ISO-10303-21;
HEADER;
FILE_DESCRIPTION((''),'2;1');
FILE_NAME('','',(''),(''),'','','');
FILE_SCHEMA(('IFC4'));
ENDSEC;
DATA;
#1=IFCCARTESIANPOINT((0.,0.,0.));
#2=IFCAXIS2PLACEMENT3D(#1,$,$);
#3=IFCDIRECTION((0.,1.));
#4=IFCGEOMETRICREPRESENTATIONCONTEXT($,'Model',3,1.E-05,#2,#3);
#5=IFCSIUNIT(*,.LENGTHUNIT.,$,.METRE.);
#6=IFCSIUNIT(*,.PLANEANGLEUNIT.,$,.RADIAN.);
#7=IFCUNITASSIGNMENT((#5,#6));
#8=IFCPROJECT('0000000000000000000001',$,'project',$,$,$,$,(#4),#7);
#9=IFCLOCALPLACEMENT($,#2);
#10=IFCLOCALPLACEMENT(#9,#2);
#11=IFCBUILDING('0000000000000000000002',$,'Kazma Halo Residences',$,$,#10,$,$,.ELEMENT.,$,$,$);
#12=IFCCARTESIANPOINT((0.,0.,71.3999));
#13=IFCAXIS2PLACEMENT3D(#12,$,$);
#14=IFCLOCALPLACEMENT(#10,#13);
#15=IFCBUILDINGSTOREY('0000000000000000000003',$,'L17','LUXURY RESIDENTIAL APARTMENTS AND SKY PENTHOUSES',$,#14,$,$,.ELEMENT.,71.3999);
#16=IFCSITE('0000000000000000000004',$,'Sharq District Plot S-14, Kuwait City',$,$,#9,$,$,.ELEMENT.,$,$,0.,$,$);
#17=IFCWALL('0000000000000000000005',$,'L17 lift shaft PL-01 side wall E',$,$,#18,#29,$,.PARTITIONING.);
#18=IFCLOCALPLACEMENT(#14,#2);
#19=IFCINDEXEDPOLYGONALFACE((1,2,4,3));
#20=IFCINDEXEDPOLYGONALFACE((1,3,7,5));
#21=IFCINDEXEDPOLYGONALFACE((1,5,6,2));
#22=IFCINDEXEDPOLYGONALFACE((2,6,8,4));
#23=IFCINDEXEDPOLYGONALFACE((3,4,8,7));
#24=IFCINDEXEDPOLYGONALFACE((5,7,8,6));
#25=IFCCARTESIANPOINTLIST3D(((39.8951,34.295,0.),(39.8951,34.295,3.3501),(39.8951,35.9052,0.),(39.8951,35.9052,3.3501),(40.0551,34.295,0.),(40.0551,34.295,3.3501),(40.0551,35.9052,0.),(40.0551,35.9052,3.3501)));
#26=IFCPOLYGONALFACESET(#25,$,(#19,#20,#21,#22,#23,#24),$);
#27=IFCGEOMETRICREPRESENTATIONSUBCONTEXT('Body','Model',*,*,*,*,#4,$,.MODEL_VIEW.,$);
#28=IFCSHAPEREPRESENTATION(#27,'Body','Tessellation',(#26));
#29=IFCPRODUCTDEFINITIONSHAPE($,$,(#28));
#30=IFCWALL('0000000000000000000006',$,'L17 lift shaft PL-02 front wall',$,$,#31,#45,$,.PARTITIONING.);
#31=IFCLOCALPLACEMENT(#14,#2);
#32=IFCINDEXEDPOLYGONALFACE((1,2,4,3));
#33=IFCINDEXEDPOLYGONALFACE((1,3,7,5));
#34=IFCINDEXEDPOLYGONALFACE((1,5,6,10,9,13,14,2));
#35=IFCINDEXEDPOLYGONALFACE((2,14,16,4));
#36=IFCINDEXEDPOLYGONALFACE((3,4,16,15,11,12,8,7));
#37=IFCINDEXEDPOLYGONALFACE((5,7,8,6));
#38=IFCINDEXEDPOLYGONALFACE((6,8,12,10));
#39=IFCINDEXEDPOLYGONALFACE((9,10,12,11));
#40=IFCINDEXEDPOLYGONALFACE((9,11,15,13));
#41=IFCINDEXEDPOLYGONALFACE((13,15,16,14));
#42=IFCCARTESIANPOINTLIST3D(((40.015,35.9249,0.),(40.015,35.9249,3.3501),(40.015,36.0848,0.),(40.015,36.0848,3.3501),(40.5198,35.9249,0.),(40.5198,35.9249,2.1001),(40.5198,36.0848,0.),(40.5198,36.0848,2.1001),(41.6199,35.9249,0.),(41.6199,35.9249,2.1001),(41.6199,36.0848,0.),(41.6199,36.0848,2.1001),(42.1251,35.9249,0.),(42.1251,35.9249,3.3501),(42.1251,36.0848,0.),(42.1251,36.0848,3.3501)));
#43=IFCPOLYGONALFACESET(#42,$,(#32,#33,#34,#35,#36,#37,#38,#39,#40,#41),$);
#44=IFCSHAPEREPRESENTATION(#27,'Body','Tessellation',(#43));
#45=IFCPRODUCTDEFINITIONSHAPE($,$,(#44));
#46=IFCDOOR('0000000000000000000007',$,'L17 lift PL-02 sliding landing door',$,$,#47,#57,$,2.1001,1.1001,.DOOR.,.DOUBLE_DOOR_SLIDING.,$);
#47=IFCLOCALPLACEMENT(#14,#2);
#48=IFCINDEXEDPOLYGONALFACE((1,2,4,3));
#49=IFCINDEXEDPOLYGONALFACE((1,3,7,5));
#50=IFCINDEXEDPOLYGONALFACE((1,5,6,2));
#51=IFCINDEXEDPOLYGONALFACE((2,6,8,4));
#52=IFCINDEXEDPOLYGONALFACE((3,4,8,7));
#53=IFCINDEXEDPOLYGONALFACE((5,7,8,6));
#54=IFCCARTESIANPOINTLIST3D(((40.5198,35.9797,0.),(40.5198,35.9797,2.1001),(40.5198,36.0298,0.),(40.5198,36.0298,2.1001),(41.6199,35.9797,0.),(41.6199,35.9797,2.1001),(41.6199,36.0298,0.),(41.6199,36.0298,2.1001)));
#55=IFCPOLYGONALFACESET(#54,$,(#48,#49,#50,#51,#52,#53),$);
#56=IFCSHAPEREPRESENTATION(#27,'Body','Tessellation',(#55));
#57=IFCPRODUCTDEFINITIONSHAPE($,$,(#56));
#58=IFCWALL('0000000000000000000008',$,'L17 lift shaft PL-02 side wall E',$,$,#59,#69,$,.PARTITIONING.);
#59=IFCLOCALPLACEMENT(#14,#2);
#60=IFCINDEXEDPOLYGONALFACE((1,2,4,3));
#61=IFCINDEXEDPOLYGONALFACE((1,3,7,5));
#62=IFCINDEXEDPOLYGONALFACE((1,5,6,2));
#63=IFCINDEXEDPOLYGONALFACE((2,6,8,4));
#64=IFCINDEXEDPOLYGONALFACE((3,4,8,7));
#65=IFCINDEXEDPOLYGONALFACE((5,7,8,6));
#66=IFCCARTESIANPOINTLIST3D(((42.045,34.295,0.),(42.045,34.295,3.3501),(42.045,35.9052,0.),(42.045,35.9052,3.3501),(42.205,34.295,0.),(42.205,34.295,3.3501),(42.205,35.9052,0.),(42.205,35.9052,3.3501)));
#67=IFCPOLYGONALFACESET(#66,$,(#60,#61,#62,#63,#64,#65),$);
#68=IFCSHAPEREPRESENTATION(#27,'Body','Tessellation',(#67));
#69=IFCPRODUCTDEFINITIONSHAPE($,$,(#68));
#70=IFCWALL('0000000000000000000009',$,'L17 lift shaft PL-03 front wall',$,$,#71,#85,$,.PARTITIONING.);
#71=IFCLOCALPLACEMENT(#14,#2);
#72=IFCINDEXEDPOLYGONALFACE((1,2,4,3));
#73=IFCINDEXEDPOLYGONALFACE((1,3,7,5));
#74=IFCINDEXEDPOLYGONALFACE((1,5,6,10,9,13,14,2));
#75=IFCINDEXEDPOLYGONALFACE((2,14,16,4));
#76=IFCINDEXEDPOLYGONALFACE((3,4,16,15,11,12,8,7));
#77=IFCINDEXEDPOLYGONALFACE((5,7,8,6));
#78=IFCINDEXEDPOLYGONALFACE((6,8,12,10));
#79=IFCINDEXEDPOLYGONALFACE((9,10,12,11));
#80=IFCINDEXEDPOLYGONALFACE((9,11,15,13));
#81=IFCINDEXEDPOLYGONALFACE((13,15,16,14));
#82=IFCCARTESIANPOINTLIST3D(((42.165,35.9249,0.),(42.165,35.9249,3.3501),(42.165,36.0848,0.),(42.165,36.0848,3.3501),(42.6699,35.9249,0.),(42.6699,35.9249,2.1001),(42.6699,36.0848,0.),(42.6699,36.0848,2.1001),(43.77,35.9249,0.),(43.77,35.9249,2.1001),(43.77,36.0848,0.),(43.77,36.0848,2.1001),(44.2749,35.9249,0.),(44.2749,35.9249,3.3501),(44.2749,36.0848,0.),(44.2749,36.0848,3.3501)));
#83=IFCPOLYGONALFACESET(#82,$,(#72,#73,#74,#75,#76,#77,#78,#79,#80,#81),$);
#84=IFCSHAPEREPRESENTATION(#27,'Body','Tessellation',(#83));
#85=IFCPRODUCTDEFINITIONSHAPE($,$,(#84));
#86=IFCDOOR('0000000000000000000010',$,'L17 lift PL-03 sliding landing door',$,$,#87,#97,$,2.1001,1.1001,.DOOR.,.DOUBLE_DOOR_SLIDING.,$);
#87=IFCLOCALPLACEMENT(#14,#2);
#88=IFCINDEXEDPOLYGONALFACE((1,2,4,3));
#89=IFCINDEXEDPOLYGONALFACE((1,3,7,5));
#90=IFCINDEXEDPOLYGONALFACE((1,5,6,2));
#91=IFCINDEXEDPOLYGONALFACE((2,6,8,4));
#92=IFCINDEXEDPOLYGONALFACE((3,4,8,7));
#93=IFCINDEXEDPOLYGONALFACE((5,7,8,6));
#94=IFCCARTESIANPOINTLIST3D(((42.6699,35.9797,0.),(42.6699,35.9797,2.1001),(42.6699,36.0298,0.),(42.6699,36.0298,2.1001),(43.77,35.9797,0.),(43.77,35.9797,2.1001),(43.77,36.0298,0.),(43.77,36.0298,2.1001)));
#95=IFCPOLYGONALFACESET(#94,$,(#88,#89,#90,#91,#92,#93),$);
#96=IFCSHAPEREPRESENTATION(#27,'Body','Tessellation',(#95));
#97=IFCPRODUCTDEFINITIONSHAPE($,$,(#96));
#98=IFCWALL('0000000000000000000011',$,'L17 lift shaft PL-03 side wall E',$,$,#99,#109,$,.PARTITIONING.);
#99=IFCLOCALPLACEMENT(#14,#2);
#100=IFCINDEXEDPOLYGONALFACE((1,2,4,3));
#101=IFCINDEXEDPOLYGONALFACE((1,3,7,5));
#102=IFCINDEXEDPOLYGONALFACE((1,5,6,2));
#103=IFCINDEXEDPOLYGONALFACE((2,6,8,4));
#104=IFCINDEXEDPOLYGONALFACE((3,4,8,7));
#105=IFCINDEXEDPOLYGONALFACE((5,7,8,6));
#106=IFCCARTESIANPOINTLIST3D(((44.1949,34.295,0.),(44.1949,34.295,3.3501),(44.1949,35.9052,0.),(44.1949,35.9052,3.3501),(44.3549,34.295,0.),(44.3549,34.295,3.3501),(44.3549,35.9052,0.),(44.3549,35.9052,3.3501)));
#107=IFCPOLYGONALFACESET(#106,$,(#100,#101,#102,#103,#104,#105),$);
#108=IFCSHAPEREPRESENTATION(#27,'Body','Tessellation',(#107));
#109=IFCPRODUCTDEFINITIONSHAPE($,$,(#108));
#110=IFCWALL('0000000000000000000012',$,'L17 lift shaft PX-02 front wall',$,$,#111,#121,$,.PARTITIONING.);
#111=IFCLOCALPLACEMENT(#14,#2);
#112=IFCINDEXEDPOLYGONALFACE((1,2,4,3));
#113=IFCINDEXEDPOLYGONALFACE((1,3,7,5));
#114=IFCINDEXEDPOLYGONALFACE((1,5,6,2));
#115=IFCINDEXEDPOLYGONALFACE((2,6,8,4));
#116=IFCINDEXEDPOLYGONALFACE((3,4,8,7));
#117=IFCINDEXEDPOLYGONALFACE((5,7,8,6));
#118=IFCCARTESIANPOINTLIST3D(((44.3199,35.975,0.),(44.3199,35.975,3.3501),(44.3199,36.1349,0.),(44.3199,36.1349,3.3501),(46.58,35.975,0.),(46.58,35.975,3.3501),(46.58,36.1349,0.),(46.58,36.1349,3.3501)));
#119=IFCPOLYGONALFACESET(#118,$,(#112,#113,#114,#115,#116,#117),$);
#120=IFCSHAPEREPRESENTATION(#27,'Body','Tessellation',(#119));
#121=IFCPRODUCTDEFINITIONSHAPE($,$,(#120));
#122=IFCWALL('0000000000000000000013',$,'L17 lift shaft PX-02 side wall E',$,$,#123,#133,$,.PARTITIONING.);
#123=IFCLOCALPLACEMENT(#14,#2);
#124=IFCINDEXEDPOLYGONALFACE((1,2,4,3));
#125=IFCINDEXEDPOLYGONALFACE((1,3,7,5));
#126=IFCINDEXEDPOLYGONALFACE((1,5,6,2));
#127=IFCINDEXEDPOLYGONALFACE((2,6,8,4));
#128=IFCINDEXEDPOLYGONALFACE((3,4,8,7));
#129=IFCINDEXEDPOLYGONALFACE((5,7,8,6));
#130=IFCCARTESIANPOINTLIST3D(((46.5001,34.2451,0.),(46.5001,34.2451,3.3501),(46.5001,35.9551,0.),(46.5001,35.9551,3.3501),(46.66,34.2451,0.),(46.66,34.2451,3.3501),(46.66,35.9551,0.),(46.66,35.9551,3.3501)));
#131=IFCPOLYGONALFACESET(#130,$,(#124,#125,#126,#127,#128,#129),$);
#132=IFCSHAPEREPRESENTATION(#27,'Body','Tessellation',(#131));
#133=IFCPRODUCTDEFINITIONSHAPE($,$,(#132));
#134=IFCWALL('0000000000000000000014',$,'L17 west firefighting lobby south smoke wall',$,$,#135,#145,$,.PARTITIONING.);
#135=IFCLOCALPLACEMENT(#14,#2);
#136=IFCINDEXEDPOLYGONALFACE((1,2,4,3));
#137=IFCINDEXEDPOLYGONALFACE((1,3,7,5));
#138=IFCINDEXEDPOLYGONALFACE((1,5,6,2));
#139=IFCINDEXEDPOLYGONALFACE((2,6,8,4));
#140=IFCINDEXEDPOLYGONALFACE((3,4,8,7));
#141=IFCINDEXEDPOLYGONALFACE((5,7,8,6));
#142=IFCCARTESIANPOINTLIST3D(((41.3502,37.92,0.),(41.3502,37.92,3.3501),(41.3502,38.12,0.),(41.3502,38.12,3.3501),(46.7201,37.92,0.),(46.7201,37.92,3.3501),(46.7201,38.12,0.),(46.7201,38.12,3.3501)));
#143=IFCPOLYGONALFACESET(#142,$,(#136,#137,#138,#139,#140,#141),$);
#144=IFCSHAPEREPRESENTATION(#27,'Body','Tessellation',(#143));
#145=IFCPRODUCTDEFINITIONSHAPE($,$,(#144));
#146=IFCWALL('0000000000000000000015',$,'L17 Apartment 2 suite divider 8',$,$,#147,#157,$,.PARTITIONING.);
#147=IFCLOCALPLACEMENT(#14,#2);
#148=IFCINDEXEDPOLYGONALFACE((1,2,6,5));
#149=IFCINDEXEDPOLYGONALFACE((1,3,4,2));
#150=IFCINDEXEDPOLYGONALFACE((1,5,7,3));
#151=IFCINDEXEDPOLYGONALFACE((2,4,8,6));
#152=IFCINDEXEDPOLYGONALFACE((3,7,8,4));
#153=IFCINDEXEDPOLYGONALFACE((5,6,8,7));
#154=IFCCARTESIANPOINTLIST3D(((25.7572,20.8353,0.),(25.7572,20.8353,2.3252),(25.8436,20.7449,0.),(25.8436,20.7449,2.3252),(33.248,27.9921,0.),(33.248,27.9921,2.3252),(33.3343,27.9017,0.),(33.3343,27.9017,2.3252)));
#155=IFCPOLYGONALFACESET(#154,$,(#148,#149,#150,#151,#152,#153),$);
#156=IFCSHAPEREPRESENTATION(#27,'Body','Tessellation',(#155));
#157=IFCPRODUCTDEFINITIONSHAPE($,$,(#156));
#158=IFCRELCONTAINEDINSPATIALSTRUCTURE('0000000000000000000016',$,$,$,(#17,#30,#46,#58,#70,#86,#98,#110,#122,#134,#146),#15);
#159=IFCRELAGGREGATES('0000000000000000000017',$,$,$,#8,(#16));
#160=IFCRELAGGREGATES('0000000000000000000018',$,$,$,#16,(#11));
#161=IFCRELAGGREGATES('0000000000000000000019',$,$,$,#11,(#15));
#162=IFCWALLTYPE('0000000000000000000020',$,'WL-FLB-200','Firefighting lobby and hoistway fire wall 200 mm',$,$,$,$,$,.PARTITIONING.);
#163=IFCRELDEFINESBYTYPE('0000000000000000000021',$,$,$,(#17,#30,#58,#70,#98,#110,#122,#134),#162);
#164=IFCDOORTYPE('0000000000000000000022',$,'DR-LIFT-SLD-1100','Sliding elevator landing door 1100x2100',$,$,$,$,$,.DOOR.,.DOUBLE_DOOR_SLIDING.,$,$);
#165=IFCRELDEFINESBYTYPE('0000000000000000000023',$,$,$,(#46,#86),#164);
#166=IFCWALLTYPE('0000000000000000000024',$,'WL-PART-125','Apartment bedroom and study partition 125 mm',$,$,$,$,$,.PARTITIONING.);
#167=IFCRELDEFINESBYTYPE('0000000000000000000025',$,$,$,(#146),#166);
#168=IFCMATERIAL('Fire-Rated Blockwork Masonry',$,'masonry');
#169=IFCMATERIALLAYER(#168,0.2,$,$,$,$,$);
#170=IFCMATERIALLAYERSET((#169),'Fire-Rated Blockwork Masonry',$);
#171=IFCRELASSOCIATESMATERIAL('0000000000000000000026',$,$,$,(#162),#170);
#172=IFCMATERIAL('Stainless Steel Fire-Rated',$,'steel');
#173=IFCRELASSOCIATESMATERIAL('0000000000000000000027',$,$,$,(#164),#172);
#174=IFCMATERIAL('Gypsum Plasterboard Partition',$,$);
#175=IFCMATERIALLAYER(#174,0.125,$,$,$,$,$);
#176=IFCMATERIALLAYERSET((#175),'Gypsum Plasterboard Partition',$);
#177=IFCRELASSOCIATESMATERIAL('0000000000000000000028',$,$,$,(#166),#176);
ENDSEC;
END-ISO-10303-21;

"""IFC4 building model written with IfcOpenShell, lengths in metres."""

from ifc_helpers import new_model, si_unit, direction, frame, frame_2d, origin, place, context, subcontext, project, spatial, rectangle, extrude, material, layer, layer_set, type_object, element, fill, save


model = new_model("IFC4")

# Units and contexts
model_context = context("Model", 3, precision=1e-05, world=origin(), true_north=direction((0.0, 1.0)))
body_context = subcontext(model_context, "Body", "Model", "MODEL_VIEW")
ifc_project = project(units=[si_unit("LENGTHUNIT", "METRE"), si_unit("PLANEANGLEUNIT", "RADIAN")], contexts=[model_context])

# Site, building, storey
site_placement = place(None, origin())
site = spatial("IfcSite", under=ifc_project, at=site_placement, Name="Sharq District Plot S-14, Kuwait City", CompositionType="ELEMENT", RefElevation=0.0)
building_placement = place(site_placement, origin())
building = spatial("IfcBuilding", under=site, at=building_placement, Name="Kazma Halo Residences", CompositionType="ELEMENT")
storey_placement = place(building_placement, frame((0.0, 0.0, 71.3999)))
storey = spatial("IfcBuildingStorey", under=building, at=storey_placement, Name="L17", Description="LUXURY RESIDENTIAL APARTMENTS AND SKY PENTHOUSES", CompositionType="ELEMENT", Elevation=71.3999)

# Shared definitions
ifc_material_1 = material(Name="Fire-Rated Blockwork Masonry", Category="masonry")
ifc_layer_1 = layer(ifc_material_1, 0.2)
ifc_layer_set_1 = layer_set([ifc_layer_1], Name="Fire-Rated Blockwork Masonry")
wall_type_1 = type_object("IfcWallType", Name="WL-FLB-200", Description="Firefighting lobby and hoistway fire wall 200 mm", PredefinedType="PARTITIONING", material=ifc_layer_set_1)
ifc_material_2 = material(Name="Stainless Steel Fire-Rated", Category="steel")
door_type_1 = type_object("IfcDoorType", Name="DR-LIFT-SLD-1100", Description="Sliding elevator landing door 1100x2100", OperationType="DOUBLE_DOOR_SLIDING", PredefinedType="DOOR", material=ifc_material_2)

# Wall
wall_1_placement = place(storey_placement, frame((39.9751, 34.2949, 0.0), z_axis=(0.0, 0.0, 1.0), x_axis=(0.0, 1.0, 0.0)))
element("IfcWall", 1, at=wall_1_placement, inside=storey, type_object=wall_type_1, Name="L17 lift shaft PL-01 side wall E", PredefinedType="PARTITIONING", context=body_context, shape_type="SweptSolid", body=[
    extrude(rectangle(XDim=1.6101, YDim=0.1599, at=frame_2d((0.8052, 0.0))), origin(), (0.0, 0.0, 1.0), 3.3501),
])

# Wall, opening, door
wall_2_placement = place(storey_placement, frame((40.0149, 36.0049, 0.0), z_axis=(0.0, 0.0, 1.0), x_axis=(1.0, 0.0, 0.0)))
wall_2 = element("IfcWall", 2, at=wall_2_placement, inside=storey, type_object=wall_type_1, Name="L17 lift shaft PL-02 front wall", PredefinedType="PARTITIONING", context=body_context, shape_type="SweptSolid", body=[
    extrude(rectangle(XDim=2.1101, YDim=0.1599, at=frame_2d((1.0552, 0.0))), origin(), (0.0, 0.0, 1.0), 3.3501),
])
opening_1_placement = place(wall_2_placement, frame((0.5049, 0.0, 0.0)))
opening_1 = element("IfcOpeningElement", 3, at=opening_1_placement, cuts=wall_2, PredefinedType="OPENING", context=body_context, shape_type="SweptSolid", body=[
    extrude(rectangle(XDim=1.1001, YDim=2.1001, at=frame_2d((0.55, 1.05))), frame((0.0, 0.0898, 0.0), z_axis=(0.0, -1.0, 0.0), x_axis=(1.0, 0.0, 0.0)), (0.0, 0.0, 1.0), 0.1799),
])
door_1_placement = place(opening_1_placement, origin())
door_1 = element("IfcDoor", 4, at=door_1_placement, inside=storey, type_object=door_type_1, Name="L17 lift PL-02 sliding landing door", OperationType="DOUBLE_DOOR_SLIDING", OverallHeight=2.1001, OverallWidth=1.1001, PredefinedType="DOOR", context=body_context, shape_type="SweptSolid", body=[
    extrude(rectangle(XDim=1.1001, YDim=2.1001, at=frame_2d((0.55, 1.05))), frame((0.0, 0.0249, 0.0), z_axis=(0.0, -1.0, 0.0), x_axis=(1.0, 0.0, 0.0)), (0.0, 0.0, 1.0), 0.05),
])
fill(opening_1, door_1)

# Wall
wall_3_placement = place(storey_placement, frame((42.125, 34.2949, 0.0), z_axis=(0.0, 0.0, 1.0), x_axis=(0.0, 1.0, 0.0)))
element("IfcWall", 5, at=wall_3_placement, inside=storey, type_object=wall_type_1, Name="L17 lift shaft PL-02 side wall E", PredefinedType="PARTITIONING", context=body_context, shape_type="SweptSolid", body=[
    extrude(rectangle(XDim=1.6101, YDim=0.1599, at=frame_2d((0.8052, 0.0))), origin(), (0.0, 0.0, 1.0), 3.3501),
])

# Wall, opening, door
wall_4_placement = place(storey_placement, frame((42.165, 36.0049, 0.0), z_axis=(0.0, 0.0, 1.0), x_axis=(1.0, 0.0, 0.0)))
wall_4 = element("IfcWall", 6, at=wall_4_placement, inside=storey, type_object=wall_type_1, Name="L17 lift shaft PL-03 front wall", PredefinedType="PARTITIONING", context=body_context, shape_type="SweptSolid", body=[
    extrude(rectangle(XDim=2.1099, YDim=0.1599, at=frame_2d((1.0549, 0.0))), origin(), (0.0, 0.0, 1.0), 3.3501),
])
opening_2_placement = place(wall_4_placement, frame((0.5049, 0.0, 0.0)))
opening_2 = element("IfcOpeningElement", 7, at=opening_2_placement, cuts=wall_4, PredefinedType="OPENING", context=body_context, shape_type="SweptSolid", body=[
    extrude(rectangle(XDim=1.1001, YDim=2.1001, at=frame_2d((0.55, 1.05))), frame((0.0, 0.0898, 0.0), z_axis=(0.0, -1.0, 0.0), x_axis=(1.0, 0.0, 0.0)), (0.0, 0.0, 1.0), 0.1799),
])
door_2_placement = place(opening_2_placement, origin())
door_2 = element("IfcDoor", 8, at=door_2_placement, inside=storey, type_object=door_type_1, Name="L17 lift PL-03 sliding landing door", OperationType="DOUBLE_DOOR_SLIDING", OverallHeight=2.1001, OverallWidth=1.1001, PredefinedType="DOOR", context=body_context, shape_type="SweptSolid", body=[
    extrude(rectangle(XDim=1.1001, YDim=2.1001, at=frame_2d((0.55, 1.05))), frame((0.0, 0.0249, 0.0), z_axis=(0.0, -1.0, 0.0), x_axis=(1.0, 0.0, 0.0)), (0.0, 0.0, 1.0), 0.05),
])
fill(opening_2, door_2)

# Walls
wall_5_placement = place(storey_placement, frame((44.2749, 34.2949, 0.0), z_axis=(0.0, 0.0, 1.0), x_axis=(0.0, 1.0, 0.0)))
element("IfcWall", 9, at=wall_5_placement, inside=storey, type_object=wall_type_1, Name="L17 lift shaft PL-03 side wall E", PredefinedType="PARTITIONING", context=body_context, shape_type="SweptSolid", body=[
    extrude(rectangle(XDim=1.6101, YDim=0.1599, at=frame_2d((0.8052, 0.0))), origin(), (0.0, 0.0, 1.0), 3.3501),
])
wall_6_placement = place(storey_placement, frame((44.3201, 36.0549, 0.0), z_axis=(0.0, 0.0, 1.0), x_axis=(1.0, 0.0, 0.0)))
element("IfcWall", 10, at=wall_6_placement, inside=storey, type_object=wall_type_1, Name="L17 lift shaft PX-02 front wall", PredefinedType="PARTITIONING", context=body_context, shape_type="SweptSolid", body=[
    extrude(rectangle(XDim=2.26, YDim=0.1599, at=frame_2d((1.1299, 0.0))), origin(), (0.0, 0.0, 1.0), 3.3501),
])
wall_7_placement = place(storey_placement, frame((46.5801, 34.2451, 0.0), z_axis=(0.0, 0.0, 1.0), x_axis=(0.0, 1.0, 0.0)))
element("IfcWall", 11, at=wall_7_placement, inside=storey, type_object=wall_type_1, Name="L17 lift shaft PX-02 side wall E", PredefinedType="PARTITIONING", context=body_context, shape_type="SweptSolid", body=[
    extrude(rectangle(XDim=1.71, YDim=0.1599, at=frame_2d((0.855, 0.0))), origin(), (0.0, 0.0, 1.0), 3.3501),
])
wall_8_placement = place(storey_placement, frame((41.3501, 38.02, 0.0), z_axis=(0.0, 0.0, 1.0), x_axis=(1.0, 0.0, 0.0)))
element("IfcWall", 12, at=wall_8_placement, inside=storey, type_object=wall_type_1, Name="L17 west firefighting lobby south smoke wall", PredefinedType="PARTITIONING", context=body_context, shape_type="SweptSolid", body=[
    extrude(rectangle(XDim=5.3699, YDim=0.2, at=frame_2d((2.6851, 0.0))), origin(), (0.0, 0.0, 1.0), 3.3501),
])
ifc_material_3 = material(Name="Gypsum Plasterboard Partition")
ifc_layer_2 = layer(ifc_material_3, 0.125)
ifc_layer_set_2 = layer_set([ifc_layer_2], Name="Gypsum Plasterboard Partition")
wall_type_2 = type_object("IfcWallType", Name="WL-PART-125", Description="Apartment bedroom and study partition 125 mm", PredefinedType="PARTITIONING", material=ifc_layer_set_2)
wall_9_placement = place(storey_placement, frame((33.2913, 27.947, 0.0), z_axis=(0.0, 0.0, 1.0), x_axis=(-0.723042, -0.690804, 0.0)))
element("IfcWall", 13, at=wall_9_placement, inside=storey, type_object=wall_type_2, Name="L17 Apartment 2 suite divider 8", PredefinedType="PARTITIONING", context=body_context, shape_type="SweptSolid", body=[
    extrude(rectangle(XDim=10.3601, YDim=0.125, at=frame_2d((5.1802, 0.0))), origin(), (0.0, 0.0, 1.0), 2.3252),
])

save(model, "model.ifc")
